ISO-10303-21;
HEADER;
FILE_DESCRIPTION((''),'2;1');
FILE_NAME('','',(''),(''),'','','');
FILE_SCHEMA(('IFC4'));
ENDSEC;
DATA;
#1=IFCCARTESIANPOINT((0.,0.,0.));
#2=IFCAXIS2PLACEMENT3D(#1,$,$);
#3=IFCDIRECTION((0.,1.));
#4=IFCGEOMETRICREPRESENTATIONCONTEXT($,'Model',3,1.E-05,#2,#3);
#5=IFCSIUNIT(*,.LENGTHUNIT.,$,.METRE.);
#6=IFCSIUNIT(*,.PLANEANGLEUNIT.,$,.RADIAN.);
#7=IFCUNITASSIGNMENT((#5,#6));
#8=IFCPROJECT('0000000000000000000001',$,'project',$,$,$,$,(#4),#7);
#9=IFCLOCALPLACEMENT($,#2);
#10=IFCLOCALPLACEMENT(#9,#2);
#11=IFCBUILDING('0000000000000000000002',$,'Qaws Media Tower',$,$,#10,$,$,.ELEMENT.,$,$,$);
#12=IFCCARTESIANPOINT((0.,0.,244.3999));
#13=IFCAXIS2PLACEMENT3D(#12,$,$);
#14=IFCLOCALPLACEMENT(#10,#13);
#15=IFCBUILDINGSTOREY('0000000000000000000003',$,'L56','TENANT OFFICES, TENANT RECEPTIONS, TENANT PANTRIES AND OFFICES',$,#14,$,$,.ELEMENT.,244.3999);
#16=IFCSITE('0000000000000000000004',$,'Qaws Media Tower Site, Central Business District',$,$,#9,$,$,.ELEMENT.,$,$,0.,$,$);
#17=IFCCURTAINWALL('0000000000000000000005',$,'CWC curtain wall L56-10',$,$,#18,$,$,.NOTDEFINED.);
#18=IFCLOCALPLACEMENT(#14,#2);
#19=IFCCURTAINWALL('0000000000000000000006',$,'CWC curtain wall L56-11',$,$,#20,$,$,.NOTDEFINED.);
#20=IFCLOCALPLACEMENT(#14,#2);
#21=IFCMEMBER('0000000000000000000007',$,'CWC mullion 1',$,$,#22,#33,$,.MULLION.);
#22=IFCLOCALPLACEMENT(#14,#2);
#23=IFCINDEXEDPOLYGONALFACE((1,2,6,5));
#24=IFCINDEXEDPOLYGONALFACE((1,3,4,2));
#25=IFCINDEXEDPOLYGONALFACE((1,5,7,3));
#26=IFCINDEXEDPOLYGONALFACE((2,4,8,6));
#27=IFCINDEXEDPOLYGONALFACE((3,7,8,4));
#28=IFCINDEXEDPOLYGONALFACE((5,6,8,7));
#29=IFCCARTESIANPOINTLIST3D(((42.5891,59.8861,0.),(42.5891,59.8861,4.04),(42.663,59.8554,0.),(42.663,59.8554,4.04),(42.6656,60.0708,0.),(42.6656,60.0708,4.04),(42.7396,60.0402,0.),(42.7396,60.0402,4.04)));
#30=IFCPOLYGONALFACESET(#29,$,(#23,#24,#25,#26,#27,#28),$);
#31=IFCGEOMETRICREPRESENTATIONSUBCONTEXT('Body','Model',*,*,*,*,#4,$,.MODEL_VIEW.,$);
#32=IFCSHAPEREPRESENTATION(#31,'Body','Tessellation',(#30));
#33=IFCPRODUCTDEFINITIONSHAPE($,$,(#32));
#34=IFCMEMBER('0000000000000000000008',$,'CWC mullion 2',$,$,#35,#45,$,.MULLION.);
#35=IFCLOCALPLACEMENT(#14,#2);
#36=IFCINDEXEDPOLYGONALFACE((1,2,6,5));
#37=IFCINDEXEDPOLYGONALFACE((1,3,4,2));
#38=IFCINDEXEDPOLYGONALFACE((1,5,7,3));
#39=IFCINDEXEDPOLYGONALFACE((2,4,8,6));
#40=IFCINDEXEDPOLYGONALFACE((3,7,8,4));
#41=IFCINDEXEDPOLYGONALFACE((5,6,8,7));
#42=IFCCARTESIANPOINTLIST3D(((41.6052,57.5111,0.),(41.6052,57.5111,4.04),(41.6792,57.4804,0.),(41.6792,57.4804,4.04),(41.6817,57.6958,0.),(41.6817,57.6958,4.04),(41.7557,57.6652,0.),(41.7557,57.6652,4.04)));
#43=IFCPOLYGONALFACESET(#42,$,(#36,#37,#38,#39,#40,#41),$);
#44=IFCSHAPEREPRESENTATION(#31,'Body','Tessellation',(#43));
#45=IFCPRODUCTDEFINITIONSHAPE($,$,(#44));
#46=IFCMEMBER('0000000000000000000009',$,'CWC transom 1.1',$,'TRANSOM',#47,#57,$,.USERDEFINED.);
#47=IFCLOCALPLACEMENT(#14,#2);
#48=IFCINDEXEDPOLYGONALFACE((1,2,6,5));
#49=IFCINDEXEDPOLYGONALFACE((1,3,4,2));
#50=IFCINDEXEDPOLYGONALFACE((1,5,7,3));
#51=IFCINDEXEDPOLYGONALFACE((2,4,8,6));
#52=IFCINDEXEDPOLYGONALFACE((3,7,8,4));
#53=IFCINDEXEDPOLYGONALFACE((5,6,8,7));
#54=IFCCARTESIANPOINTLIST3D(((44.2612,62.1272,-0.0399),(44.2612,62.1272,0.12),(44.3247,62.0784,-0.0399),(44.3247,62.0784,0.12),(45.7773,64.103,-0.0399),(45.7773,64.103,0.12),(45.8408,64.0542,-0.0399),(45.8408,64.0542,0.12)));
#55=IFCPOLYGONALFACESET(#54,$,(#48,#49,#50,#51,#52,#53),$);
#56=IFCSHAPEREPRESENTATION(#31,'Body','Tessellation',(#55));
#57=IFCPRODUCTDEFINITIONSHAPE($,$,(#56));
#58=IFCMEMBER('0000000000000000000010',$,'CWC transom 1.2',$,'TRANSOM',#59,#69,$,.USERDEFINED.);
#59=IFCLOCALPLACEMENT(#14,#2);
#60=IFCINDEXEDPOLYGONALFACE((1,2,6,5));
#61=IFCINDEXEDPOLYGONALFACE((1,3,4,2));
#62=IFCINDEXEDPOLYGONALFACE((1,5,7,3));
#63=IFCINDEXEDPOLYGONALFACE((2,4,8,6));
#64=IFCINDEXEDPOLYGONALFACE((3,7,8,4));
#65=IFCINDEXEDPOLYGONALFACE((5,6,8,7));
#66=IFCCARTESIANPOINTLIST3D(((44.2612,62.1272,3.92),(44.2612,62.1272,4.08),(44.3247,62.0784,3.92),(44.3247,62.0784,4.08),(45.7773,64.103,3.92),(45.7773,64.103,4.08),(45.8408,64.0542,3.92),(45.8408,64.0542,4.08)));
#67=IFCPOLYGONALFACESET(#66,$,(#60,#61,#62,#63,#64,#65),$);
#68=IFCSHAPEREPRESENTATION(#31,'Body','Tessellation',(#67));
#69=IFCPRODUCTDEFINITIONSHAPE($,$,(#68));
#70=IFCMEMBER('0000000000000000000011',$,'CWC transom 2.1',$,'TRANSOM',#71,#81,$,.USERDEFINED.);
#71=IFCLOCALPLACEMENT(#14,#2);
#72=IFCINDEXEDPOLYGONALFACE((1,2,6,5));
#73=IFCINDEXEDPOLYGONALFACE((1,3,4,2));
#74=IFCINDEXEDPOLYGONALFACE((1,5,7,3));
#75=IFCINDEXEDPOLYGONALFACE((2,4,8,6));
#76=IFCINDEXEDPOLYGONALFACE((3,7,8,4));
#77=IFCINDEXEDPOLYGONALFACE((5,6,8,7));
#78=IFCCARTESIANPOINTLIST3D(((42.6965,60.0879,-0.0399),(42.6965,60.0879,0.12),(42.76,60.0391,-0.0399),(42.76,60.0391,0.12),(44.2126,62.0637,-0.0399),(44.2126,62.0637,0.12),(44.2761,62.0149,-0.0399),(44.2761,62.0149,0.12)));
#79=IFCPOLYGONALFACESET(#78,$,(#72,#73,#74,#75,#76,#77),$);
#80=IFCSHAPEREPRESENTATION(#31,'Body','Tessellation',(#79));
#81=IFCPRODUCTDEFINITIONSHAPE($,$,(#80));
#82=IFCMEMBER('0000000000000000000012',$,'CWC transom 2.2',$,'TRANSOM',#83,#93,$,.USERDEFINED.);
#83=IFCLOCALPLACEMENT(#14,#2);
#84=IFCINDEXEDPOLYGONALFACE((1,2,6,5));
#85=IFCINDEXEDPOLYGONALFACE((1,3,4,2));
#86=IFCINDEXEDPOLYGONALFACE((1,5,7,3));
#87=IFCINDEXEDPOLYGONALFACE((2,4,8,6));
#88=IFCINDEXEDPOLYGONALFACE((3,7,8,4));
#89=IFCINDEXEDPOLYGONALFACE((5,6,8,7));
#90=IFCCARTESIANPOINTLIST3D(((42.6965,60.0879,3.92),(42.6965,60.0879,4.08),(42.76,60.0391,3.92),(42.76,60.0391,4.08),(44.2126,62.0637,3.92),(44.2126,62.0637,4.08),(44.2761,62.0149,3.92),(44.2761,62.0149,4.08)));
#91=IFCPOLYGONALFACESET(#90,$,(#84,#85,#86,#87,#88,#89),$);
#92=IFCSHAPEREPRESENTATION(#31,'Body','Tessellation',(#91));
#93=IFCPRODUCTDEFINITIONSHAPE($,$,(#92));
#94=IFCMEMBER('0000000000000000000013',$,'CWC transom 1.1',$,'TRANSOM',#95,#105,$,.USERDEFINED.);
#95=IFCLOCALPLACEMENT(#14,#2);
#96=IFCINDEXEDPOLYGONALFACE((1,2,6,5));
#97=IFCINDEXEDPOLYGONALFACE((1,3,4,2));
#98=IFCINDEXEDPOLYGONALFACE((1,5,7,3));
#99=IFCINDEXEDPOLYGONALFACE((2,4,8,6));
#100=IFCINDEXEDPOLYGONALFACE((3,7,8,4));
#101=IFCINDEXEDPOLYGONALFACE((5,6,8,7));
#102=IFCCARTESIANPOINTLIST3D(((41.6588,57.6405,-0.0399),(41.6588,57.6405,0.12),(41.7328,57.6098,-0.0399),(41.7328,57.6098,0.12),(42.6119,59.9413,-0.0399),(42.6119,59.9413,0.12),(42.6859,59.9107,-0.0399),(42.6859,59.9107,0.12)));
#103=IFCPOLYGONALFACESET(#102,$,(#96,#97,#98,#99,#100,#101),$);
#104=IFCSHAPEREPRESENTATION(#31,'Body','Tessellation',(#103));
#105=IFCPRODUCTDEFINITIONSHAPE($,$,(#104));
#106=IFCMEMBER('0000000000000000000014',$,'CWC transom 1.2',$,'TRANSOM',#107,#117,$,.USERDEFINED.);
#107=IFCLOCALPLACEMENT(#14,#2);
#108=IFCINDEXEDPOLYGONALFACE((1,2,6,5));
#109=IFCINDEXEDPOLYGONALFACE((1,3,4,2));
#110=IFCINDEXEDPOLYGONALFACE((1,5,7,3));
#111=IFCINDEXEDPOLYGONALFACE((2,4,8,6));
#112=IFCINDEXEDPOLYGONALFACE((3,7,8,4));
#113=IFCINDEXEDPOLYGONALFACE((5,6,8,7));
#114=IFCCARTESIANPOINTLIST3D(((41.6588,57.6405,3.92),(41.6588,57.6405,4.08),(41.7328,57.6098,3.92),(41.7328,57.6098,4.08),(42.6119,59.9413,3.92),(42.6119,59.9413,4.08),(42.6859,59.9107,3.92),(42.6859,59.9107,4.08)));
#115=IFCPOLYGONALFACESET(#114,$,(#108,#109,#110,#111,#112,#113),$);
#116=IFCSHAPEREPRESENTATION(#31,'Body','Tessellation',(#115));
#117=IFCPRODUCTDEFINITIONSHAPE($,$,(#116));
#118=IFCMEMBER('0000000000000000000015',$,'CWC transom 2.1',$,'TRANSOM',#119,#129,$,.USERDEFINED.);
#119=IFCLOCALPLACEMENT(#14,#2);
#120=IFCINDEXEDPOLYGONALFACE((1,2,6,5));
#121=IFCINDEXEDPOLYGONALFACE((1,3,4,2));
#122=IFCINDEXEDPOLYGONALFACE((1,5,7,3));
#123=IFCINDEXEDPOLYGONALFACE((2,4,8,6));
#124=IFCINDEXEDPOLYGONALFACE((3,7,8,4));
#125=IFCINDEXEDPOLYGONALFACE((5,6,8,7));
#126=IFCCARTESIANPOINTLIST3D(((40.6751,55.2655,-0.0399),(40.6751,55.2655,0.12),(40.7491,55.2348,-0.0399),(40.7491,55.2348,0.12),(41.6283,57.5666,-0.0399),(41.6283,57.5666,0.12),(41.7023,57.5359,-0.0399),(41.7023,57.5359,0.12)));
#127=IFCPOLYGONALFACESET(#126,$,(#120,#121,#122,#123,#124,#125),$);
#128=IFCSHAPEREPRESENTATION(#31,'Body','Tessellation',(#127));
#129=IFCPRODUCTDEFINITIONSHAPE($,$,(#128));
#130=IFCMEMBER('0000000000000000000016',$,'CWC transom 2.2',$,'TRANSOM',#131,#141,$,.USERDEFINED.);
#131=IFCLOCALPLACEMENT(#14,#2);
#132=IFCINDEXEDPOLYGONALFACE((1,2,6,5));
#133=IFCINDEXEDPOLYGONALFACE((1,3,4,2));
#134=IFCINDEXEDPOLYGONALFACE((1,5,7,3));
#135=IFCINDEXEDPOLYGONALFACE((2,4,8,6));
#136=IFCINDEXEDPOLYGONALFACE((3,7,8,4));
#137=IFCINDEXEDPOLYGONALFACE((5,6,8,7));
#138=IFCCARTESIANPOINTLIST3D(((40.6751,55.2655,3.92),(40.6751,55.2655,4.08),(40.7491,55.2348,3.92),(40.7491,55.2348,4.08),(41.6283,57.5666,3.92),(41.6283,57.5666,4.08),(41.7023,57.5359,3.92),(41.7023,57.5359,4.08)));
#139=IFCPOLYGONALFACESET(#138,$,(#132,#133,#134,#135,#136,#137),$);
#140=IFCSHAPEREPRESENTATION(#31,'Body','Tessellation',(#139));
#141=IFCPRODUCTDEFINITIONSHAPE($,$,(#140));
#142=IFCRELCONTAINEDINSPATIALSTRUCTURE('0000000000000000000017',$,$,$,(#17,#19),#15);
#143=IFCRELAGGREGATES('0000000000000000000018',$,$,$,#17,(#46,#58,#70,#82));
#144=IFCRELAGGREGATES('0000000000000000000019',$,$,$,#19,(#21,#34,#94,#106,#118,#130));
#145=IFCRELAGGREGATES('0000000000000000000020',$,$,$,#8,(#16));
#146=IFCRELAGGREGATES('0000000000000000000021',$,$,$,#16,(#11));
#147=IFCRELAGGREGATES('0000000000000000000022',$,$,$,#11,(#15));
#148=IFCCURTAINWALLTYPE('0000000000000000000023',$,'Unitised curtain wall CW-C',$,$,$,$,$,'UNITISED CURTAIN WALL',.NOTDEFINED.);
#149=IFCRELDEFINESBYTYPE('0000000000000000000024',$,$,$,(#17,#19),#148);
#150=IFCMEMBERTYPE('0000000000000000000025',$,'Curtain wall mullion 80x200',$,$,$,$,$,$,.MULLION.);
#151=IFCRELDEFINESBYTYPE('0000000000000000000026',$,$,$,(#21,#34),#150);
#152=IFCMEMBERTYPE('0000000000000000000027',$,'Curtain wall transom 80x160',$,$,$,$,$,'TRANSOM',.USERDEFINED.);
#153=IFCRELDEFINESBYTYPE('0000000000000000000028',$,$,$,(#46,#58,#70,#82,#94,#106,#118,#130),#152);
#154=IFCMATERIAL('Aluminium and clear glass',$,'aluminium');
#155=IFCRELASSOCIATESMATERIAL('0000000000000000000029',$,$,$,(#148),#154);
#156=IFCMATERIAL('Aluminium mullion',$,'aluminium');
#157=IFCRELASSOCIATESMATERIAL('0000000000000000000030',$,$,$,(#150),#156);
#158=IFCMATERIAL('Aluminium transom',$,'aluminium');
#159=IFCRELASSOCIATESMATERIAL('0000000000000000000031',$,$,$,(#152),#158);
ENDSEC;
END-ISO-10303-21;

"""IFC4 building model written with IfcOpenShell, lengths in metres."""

from ifc_helpers import new_model, si_unit, direction, frame, origin, origin_2d, place, context, subcontext, project, spatial, rectangle, extrude, material, material_profile, profile_set, type_object, element, aggregate, save


model = new_model("IFC4")

# Units and contexts
model_context = context("Model", 3, precision=1e-05, world=origin(), true_north=direction((0.0, 1.0)))
body_context = subcontext(model_context, "Body", "Model", "MODEL_VIEW")
ifc_project = project(units=[si_unit("LENGTHUNIT", "METRE"), si_unit("PLANEANGLEUNIT", "RADIAN")], contexts=[model_context])

# Site, building, storey
site_placement = place(None, origin())
site = spatial("IfcSite", under=ifc_project, at=site_placement, Name="Qaws Media Tower Site, Central Business District", CompositionType="ELEMENT", RefElevation=0.0)
building_placement = place(site_placement, origin())
building = spatial("IfcBuilding", under=site, at=building_placement, Name="Qaws Media Tower", CompositionType="ELEMENT")
storey_placement = place(building_placement, frame((0.0, 0.0, 244.3999)))
storey = spatial("IfcBuildingStorey", under=building, at=storey_placement, Name="L56", Description="TENANT OFFICES, TENANT RECEPTIONS, TENANT PANTRIES AND OFFICES", CompositionType="ELEMENT", Elevation=244.3999)

# Curtain walls, members
ifc_material_1 = material(Name="Aluminium and clear glass", Category="aluminium")
curtain_wall_type = type_object("IfcCurtainWallType", Name="Unitised curtain wall CW-C", ElementType="UNITISED CURTAIN WALL", PredefinedType="NOTDEFINED", material=ifc_material_1)
curtain_wall_1_placement = place(storey_placement, origin())
curtain_wall_1 = element("IfcCurtainWall", 1, at=curtain_wall_1_placement, inside=storey, type_object=curtain_wall_type, Name="CWC curtain wall L56-10", PredefinedType="NOTDEFINED")
ifc_material_2 = material(Name="Aluminium mullion", Category="aluminium")
ifc_material_profile_1 = material_profile(ifc_material_2, rectangle(XDim=0.0801, YDim=0.2, at=origin_2d()), Name="80x200")
ifc_profile_set_1 = profile_set([ifc_material_profile_1], Name="Aluminium mullion")
member_type_1 = type_object("IfcMemberType", Name="Curtain wall mullion 80x200", PredefinedType="MULLION", material=ifc_profile_set_1)
curtain_wall_2_placement = place(storey_placement, origin())
curtain_wall_2 = element("IfcCurtainWall", 2, at=curtain_wall_2_placement, inside=storey, type_object=curtain_wall_type, Name="CWC curtain wall L56-11", PredefinedType="NOTDEFINED")
member_1_placement = place(storey_placement, frame((42.6643, 59.9631, 0.0), z_axis=(0.0, 0.0, 1.0), x_axis=(0.923879, -0.382684, 0.0)))
member_1 = element("IfcMember", 3, at=member_1_placement, type_object=member_type_1, Name="CWC mullion 1", PredefinedType="MULLION", context=body_context, shape_type="SweptSolid", body=[
    extrude(rectangle(XDim=0.0801, YDim=0.2, at=origin_2d()), origin(), (0.0, 0.0, 1.0), 4.04),
])
member_2_placement = place(storey_placement, frame((41.6804, 57.5881, 0.0), z_axis=(0.0, 0.0, 1.0), x_axis=(0.923879, -0.382684, 0.0)))
member_2 = element("IfcMember", 4, at=member_2_placement, type_object=member_type_1, Name="CWC mullion 2", PredefinedType="MULLION", context=body_context, shape_type="SweptSolid", body=[
    extrude(rectangle(XDim=0.0801, YDim=0.2, at=origin_2d()), origin(), (0.0, 0.0, 1.0), 4.04),
])

# Members
ifc_material_3 = material(Name="Aluminium transom", Category="aluminium")
ifc_material_profile_2 = material_profile(ifc_material_3, rectangle(XDim=0.0801, YDim=0.1599, at=origin_2d()), Name="80x160")
ifc_profile_set_2 = profile_set([ifc_material_profile_2], Name="Aluminium transom")
member_type_2 = type_object("IfcMemberType", Name="Curtain wall transom 80x160", ElementType="TRANSOM", PredefinedType="USERDEFINED", material=ifc_profile_set_2)
member_3_placement = place(storey_placement, frame((45.8091, 64.0786, 0.04), z_axis=(-0.608763, -0.793352, 0.0), x_axis=(0.793352, -0.608763, 0.0)))
member_3 = element("IfcMember", 5, at=member_3_placement, type_object=member_type_2, Name="CWC transom 1.1", ObjectType="TRANSOM", PredefinedType="USERDEFINED", context=body_context, shape_type="SweptSolid", body=[
    extrude(rectangle(XDim=0.0801, YDim=0.1599, at=origin_2d()), origin(), (0.0, 0.0, 1.0), 2.4905),
])
member_4_placement = place(storey_placement, frame((45.8091, 64.0786, 4.0), z_axis=(-0.608763, -0.793352, 0.0), x_axis=(0.793352, -0.608763, 0.0)))
member_4 = element("IfcMember", 6, at=member_4_placement, type_object=member_type_2, Name="CWC transom 1.2", ObjectType="TRANSOM", PredefinedType="USERDEFINED", context=body_context, shape_type="SweptSolid", body=[
    extrude(rectangle(XDim=0.0801, YDim=0.1599, at=origin_2d()), origin(), (0.0, 0.0, 1.0), 2.4905),
])
member_5_placement = place(storey_placement, frame((44.2444, 62.0393, 0.04), z_axis=(-0.608763, -0.793352, 0.0), x_axis=(0.793352, -0.608763, 0.0)))
member_5 = element("IfcMember", 7, at=member_5_placement, type_object=member_type_2, Name="CWC transom 2.1", ObjectType="TRANSOM", PredefinedType="USERDEFINED", context=body_context, shape_type="SweptSolid", body=[
    extrude(rectangle(XDim=0.0801, YDim=0.1599, at=origin_2d()), origin(), (0.0, 0.0, 1.0), 2.4905),
])
member_6_placement = place(storey_placement, frame((44.2444, 62.0393, 4.0), z_axis=(-0.608763, -0.793352, 0.0), x_axis=(0.793352, -0.608763, 0.0)))
member_6 = element("IfcMember", 8, at=member_6_placement, type_object=member_type_2, Name="CWC transom 2.2", ObjectType="TRANSOM", PredefinedType="USERDEFINED", context=body_context, shape_type="SweptSolid", body=[
    extrude(rectangle(XDim=0.0801, YDim=0.1599, at=origin_2d()), origin(), (0.0, 0.0, 1.0), 2.4905),
])
member_7_placement = place(storey_placement, frame((42.6489, 59.926, 0.04), z_axis=(-0.382721, -0.923864, 0.0), x_axis=(0.923864, -0.382721, 0.0)))
member_7 = element("IfcMember", 9, at=member_7_placement, type_object=member_type_2, Name="CWC transom 1.1", ObjectType="TRANSOM", PredefinedType="USERDEFINED", context=body_context, shape_type="SweptSolid", body=[
    extrude(rectangle(XDim=0.0801, YDim=0.1599, at=origin_2d()), origin(), (0.0, 0.0, 1.0), 2.4905),
])
member_8_placement = place(storey_placement, frame((42.6489, 59.926, 4.0), z_axis=(-0.382721, -0.923864, 0.0), x_axis=(0.923864, -0.382721, 0.0)))
member_8 = element("IfcMember", 10, at=member_8_placement, type_object=member_type_2, Name="CWC transom 1.2", ObjectType="TRANSOM", PredefinedType="USERDEFINED", context=body_context, shape_type="SweptSolid", body=[
    extrude(rectangle(XDim=0.0801, YDim=0.1599, at=origin_2d()), origin(), (0.0, 0.0, 1.0), 2.4905),
])
member_9_placement = place(storey_placement, frame((41.6653, 57.5513, 0.04), z_axis=(-0.382687, -0.923878, 0.0), x_axis=(0.923878, -0.382687, 0.0)))
member_9 = element("IfcMember", 11, at=member_9_placement, type_object=member_type_2, Name="CWC transom 2.1", ObjectType="TRANSOM", PredefinedType="USERDEFINED", context=body_context, shape_type="SweptSolid", body=[
    extrude(rectangle(XDim=0.0801, YDim=0.1599, at=origin_2d()), origin(), (0.0, 0.0, 1.0), 2.4907),
])
member_10_placement = place(storey_placement, frame((41.6653, 57.5513, 4.0), z_axis=(-0.382687, -0.923878, 0.0), x_axis=(0.923878, -0.382687, 0.0)))
member_10 = element("IfcMember", 12, at=member_10_placement, type_object=member_type_2, Name="CWC transom 2.2", ObjectType="TRANSOM", PredefinedType="USERDEFINED", context=body_context, shape_type="SweptSolid", body=[
    extrude(rectangle(XDim=0.0801, YDim=0.1599, at=origin_2d()), origin(), (0.0, 0.0, 1.0), 2.4907),
])

aggregate(curtain_wall_1, [member_3, member_4, member_5, member_6])
aggregate(curtain_wall_2, [member_1, member_2, member_7, member_8, member_9, member_10])

save(model, "model.ifc")
